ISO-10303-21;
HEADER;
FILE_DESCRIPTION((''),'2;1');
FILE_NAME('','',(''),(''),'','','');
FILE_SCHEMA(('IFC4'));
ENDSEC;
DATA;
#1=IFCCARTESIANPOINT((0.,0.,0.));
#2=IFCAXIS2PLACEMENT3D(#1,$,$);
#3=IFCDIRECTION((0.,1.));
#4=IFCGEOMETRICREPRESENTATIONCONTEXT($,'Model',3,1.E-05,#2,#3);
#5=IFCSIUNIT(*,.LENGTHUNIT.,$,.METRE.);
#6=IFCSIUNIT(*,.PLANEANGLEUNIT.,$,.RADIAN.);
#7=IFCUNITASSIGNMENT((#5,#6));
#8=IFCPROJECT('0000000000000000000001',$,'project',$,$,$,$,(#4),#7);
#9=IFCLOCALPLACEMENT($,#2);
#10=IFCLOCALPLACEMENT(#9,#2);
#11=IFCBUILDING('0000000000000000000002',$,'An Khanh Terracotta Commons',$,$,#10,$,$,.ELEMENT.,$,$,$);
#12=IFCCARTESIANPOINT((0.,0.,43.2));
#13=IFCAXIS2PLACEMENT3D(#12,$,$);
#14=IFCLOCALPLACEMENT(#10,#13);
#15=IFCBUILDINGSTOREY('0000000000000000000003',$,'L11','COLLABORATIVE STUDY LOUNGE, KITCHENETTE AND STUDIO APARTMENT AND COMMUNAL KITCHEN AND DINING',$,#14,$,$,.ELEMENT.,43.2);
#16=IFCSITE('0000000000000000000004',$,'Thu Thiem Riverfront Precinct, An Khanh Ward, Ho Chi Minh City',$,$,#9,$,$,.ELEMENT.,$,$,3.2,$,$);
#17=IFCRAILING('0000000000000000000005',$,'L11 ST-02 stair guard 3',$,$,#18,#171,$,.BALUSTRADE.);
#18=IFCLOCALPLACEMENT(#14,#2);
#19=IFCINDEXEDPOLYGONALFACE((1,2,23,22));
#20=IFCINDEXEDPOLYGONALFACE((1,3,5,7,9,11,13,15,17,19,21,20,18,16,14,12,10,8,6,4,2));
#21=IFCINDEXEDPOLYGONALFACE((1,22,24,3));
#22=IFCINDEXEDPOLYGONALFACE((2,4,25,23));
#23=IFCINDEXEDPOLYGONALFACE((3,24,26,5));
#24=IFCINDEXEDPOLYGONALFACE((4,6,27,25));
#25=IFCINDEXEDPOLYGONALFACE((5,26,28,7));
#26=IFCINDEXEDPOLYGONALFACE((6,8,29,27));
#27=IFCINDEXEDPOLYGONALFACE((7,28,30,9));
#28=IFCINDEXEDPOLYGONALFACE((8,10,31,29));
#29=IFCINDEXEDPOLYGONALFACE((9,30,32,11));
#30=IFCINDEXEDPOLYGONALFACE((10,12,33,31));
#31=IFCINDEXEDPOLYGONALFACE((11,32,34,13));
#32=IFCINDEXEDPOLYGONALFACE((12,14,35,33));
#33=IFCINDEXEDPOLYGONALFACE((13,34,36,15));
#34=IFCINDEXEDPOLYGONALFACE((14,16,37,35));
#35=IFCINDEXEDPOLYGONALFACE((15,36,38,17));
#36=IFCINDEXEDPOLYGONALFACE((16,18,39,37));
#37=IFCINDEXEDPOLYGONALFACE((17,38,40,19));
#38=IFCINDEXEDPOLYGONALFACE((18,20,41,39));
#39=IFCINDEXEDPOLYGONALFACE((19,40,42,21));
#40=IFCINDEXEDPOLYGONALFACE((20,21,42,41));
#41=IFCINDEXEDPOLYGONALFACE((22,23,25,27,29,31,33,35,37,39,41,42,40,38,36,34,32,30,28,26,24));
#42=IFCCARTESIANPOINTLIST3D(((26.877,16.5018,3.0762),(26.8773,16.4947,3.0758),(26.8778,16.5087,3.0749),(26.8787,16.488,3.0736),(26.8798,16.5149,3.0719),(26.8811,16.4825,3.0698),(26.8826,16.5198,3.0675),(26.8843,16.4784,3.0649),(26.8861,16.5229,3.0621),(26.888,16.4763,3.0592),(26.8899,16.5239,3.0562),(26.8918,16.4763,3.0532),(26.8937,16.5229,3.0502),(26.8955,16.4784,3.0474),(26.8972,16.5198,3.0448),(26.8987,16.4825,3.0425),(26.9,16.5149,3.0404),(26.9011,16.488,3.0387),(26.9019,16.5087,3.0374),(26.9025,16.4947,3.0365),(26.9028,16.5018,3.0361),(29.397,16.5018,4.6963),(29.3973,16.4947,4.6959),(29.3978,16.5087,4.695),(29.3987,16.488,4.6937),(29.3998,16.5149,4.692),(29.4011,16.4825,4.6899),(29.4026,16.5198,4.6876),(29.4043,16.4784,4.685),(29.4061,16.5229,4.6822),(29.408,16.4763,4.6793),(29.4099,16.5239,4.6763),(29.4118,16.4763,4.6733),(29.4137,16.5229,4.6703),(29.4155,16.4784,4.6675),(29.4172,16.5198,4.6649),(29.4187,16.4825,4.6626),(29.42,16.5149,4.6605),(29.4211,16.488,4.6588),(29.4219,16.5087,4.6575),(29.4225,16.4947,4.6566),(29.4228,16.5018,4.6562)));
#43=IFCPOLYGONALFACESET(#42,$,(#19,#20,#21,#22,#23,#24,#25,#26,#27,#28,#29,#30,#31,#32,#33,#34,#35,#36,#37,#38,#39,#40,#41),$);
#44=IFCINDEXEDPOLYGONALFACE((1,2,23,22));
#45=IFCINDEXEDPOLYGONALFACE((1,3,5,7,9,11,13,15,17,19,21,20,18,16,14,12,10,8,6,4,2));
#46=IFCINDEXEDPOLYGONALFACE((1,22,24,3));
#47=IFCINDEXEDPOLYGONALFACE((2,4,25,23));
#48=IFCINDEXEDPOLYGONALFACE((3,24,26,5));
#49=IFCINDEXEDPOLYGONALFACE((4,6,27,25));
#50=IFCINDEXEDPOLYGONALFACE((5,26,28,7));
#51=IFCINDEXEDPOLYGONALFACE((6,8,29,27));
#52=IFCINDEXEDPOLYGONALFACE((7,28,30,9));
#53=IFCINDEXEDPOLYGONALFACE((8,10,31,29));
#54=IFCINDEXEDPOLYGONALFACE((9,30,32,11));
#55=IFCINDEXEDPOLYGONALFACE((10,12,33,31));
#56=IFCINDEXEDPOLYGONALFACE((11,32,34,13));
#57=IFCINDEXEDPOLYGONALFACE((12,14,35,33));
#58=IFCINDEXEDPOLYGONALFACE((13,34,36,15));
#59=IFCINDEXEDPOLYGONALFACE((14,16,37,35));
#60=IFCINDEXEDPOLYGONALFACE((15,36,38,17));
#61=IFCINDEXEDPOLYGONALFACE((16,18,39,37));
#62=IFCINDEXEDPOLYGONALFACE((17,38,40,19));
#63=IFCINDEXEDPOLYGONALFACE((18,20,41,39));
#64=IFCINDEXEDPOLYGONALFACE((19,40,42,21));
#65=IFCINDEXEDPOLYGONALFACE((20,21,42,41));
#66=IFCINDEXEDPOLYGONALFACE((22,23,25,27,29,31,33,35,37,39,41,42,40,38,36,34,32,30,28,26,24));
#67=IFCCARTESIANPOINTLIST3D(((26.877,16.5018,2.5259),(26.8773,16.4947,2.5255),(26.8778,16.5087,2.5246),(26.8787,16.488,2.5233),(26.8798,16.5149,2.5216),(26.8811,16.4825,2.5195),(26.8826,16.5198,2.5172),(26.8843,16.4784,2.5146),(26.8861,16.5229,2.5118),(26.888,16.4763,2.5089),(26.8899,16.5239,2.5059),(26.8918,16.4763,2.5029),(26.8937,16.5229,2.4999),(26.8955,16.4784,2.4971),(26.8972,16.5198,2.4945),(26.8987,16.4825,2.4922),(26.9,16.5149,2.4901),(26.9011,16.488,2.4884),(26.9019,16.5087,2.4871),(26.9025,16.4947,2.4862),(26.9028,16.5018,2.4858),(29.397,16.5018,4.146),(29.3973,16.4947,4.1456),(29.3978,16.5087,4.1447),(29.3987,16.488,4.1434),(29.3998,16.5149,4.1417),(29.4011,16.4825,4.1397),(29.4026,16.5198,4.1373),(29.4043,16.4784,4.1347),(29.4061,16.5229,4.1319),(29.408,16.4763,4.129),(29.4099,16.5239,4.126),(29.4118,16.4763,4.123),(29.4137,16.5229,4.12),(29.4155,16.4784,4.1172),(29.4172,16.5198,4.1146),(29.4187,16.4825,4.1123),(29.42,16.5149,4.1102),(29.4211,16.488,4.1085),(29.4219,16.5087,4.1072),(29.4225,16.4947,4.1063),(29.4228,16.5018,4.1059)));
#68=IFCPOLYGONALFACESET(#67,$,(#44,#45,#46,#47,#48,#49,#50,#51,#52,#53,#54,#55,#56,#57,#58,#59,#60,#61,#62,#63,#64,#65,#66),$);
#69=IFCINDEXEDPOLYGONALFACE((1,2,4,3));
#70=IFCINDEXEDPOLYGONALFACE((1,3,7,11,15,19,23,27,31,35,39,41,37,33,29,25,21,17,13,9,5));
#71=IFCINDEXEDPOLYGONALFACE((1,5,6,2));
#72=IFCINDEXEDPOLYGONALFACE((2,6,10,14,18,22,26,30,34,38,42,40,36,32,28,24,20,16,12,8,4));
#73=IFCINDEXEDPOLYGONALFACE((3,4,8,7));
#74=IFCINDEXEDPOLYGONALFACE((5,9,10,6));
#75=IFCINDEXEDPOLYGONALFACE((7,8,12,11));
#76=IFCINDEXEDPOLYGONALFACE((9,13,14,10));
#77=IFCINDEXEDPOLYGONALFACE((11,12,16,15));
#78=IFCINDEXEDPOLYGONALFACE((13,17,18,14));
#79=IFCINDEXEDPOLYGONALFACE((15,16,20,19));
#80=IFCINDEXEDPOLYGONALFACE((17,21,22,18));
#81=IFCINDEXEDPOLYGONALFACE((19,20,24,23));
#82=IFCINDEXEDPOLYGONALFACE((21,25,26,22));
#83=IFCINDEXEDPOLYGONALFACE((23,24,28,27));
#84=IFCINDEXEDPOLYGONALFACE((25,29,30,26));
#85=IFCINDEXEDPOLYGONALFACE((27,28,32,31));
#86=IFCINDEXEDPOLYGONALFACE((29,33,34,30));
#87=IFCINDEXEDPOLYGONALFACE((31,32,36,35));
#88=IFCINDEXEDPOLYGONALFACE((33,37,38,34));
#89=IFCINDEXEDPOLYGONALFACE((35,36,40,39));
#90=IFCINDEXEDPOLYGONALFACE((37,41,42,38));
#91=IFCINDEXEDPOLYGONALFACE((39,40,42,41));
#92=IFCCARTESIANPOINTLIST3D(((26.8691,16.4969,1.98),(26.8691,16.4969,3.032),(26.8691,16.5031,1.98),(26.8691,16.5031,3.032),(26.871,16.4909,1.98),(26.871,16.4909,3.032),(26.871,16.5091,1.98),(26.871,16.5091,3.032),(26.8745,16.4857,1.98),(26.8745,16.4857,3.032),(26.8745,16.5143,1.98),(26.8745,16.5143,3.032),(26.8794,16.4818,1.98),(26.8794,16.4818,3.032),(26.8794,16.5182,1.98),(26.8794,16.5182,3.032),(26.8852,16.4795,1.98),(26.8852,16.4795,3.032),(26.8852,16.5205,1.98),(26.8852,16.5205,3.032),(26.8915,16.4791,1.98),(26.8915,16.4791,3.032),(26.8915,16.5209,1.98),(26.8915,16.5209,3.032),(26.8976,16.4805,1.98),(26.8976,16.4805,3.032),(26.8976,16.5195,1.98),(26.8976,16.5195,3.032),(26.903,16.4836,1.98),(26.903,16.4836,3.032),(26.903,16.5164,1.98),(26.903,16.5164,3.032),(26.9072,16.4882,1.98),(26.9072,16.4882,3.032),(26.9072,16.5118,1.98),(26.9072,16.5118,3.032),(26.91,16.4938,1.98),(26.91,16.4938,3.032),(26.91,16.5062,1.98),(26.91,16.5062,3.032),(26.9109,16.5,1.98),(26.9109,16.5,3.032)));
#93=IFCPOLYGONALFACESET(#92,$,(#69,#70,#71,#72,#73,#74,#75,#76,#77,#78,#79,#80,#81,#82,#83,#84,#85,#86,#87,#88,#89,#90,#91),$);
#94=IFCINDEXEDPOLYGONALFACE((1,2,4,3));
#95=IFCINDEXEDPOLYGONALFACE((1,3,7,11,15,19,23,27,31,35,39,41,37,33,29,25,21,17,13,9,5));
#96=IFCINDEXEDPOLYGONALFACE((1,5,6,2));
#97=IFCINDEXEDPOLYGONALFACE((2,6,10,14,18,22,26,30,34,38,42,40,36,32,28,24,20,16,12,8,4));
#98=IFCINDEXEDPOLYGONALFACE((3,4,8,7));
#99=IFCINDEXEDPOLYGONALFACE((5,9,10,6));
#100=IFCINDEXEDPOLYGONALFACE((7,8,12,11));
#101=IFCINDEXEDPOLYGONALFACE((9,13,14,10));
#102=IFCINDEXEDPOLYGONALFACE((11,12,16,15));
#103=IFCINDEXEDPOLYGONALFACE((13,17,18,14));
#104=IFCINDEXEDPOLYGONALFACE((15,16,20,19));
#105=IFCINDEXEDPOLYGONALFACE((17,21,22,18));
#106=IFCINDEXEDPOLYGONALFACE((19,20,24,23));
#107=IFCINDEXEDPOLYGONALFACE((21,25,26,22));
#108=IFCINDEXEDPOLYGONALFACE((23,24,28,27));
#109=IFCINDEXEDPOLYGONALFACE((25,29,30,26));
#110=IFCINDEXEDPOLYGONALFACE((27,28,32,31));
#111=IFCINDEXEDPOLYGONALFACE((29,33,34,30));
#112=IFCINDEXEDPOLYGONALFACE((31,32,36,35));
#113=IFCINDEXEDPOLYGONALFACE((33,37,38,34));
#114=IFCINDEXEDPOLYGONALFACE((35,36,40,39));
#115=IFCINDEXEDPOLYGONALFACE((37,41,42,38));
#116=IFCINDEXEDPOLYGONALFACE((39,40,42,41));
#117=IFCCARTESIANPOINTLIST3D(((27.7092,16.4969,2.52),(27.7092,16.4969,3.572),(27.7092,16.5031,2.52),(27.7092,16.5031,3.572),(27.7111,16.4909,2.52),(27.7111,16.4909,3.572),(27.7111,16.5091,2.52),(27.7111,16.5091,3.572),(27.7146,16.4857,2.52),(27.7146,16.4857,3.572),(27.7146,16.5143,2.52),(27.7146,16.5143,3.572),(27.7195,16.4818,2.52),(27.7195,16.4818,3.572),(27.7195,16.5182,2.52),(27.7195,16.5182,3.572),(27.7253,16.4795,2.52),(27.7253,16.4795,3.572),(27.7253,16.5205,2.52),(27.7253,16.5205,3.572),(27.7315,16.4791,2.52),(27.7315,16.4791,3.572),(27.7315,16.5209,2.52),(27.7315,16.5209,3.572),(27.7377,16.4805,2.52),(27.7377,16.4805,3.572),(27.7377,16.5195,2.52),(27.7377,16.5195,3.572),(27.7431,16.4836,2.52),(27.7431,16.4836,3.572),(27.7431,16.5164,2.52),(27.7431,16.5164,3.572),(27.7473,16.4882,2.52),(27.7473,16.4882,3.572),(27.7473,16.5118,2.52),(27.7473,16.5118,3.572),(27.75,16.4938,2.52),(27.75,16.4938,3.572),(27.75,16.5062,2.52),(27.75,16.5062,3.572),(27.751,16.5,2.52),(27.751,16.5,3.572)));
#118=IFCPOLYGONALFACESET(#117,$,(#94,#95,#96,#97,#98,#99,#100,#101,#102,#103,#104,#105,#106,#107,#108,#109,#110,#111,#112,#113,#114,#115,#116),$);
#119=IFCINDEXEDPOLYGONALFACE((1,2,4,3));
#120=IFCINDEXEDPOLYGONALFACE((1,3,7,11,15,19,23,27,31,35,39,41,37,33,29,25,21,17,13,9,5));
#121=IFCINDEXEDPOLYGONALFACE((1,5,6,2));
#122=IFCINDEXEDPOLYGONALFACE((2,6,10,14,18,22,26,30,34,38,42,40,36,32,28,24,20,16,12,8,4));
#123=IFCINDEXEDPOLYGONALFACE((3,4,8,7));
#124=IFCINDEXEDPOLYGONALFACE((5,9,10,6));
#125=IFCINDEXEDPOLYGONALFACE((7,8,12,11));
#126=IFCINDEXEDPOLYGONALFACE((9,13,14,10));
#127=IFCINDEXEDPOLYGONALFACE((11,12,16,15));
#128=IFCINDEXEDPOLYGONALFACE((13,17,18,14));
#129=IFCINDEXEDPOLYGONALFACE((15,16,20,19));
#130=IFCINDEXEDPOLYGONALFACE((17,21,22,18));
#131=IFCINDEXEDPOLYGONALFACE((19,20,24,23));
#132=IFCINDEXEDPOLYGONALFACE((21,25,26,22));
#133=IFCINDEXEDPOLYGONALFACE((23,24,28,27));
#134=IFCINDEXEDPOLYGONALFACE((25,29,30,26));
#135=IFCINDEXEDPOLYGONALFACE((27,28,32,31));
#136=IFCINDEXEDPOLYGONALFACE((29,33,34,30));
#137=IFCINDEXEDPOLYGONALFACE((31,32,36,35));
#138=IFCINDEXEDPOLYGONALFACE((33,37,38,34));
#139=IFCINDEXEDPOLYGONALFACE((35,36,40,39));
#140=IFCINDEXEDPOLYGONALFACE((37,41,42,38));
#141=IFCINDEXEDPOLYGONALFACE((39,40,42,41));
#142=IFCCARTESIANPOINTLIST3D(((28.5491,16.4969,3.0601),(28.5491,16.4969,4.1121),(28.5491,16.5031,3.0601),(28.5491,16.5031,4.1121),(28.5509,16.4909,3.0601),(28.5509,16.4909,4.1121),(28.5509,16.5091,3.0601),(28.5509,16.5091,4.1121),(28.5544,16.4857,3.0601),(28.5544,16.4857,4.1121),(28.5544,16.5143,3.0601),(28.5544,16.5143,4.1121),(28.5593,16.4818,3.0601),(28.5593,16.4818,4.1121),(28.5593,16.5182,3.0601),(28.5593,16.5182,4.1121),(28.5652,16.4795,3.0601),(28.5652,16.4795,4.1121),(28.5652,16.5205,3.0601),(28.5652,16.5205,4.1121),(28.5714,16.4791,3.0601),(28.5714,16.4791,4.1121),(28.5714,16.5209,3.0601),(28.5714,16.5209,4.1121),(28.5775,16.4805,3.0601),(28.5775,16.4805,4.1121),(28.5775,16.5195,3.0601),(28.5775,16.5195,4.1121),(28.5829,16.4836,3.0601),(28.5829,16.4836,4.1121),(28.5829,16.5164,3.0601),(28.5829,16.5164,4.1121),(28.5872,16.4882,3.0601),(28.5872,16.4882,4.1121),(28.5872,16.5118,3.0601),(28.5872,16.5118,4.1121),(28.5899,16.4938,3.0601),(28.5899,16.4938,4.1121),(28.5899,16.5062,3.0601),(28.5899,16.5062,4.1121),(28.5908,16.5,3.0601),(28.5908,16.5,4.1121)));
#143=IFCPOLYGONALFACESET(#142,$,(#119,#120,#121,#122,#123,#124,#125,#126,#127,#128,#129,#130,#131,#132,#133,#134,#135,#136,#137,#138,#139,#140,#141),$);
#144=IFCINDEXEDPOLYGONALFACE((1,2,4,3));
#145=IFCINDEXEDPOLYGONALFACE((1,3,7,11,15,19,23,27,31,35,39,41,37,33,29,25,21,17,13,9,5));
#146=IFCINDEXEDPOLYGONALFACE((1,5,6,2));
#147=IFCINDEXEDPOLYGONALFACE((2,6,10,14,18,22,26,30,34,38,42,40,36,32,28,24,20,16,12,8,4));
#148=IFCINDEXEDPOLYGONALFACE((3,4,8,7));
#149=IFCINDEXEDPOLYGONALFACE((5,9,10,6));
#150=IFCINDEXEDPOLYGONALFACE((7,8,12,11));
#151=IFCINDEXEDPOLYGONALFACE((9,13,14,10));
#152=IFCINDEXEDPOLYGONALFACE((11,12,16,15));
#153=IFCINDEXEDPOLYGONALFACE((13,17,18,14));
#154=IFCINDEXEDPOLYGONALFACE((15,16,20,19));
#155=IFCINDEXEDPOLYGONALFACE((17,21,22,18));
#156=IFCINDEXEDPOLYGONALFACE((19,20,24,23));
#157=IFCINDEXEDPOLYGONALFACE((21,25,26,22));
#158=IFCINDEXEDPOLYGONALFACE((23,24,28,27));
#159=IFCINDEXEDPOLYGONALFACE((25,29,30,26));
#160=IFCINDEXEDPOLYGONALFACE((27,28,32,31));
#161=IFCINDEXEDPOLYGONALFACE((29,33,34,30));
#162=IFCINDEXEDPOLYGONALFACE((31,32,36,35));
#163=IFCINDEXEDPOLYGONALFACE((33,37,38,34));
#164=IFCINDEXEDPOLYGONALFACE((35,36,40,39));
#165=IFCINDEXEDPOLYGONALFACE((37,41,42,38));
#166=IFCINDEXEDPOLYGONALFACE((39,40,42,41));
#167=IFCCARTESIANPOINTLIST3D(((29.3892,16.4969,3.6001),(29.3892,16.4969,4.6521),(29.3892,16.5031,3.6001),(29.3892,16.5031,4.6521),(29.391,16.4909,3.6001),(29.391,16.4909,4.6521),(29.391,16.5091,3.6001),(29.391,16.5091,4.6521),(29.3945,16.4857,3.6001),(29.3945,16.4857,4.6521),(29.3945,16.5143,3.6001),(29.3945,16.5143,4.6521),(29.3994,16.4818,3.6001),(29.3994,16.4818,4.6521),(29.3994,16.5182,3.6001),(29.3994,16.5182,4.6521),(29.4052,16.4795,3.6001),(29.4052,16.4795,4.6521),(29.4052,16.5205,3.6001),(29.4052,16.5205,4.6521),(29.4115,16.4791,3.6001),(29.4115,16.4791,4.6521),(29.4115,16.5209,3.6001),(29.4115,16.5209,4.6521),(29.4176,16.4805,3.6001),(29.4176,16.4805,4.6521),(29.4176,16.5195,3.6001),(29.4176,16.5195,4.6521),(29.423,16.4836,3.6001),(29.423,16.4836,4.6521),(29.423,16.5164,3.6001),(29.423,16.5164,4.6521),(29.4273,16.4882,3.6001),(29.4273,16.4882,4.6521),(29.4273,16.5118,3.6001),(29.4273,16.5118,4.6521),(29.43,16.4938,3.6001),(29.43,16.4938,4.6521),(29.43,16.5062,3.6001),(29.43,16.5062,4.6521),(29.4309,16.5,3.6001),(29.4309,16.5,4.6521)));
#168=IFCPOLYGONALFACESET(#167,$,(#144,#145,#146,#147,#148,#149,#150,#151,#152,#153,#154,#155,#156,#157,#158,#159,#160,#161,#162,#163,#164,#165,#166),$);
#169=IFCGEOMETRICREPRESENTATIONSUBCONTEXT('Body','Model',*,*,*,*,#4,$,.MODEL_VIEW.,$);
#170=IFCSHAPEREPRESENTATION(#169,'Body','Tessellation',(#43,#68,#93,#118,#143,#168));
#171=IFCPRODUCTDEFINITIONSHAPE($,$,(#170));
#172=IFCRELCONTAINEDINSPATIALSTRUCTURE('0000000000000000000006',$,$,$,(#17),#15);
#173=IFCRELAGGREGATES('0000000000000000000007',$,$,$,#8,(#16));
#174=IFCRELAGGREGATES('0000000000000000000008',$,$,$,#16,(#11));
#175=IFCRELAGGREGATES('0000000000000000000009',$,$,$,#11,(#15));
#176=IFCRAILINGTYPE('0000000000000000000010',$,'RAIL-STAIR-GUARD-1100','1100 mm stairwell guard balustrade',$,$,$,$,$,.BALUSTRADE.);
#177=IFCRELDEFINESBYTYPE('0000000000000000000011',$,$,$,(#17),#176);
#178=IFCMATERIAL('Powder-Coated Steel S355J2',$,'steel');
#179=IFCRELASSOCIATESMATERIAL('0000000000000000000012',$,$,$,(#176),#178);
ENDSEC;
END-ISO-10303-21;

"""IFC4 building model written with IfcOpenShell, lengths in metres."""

from ifc_helpers import new_model, si_unit, direction, frame, origin, origin_2d, place, context, subcontext, project, spatial, circle, extrude, material, type_object, element, save


model = new_model("IFC4")

# Units and contexts
model_context = context("Model", 3, precision=1e-05, world=origin(), true_north=direction((0.0, 1.0)))
body_context = subcontext(model_context, "Body", "Model", "MODEL_VIEW")
ifc_project = project(units=[si_unit("LENGTHUNIT", "METRE"), si_unit("PLANEANGLEUNIT", "RADIAN")], contexts=[model_context])

# Site, building, storey
site_placement = place(None, origin())
site = spatial("IfcSite", under=ifc_project, at=site_placement, Name="Thu Thiem Riverfront Precinct, An Khanh Ward, Ho Chi Minh City", CompositionType="ELEMENT", RefElevation=3.2)
building_placement = place(site_placement, origin())
building = spatial("IfcBuilding", under=site, at=building_placement, Name="An Khanh Terracotta Commons", CompositionType="ELEMENT")
storey_placement = place(building_placement, frame((0.0, 0.0, 43.2)))
storey = spatial("IfcBuildingStorey", under=building, at=storey_placement, Name="L11", Description="COLLABORATIVE STUDY LOUNGE, KITCHENETTE AND STUDIO APARTMENT AND COMMUNAL KITCHEN AND DINING", CompositionType="ELEMENT", Elevation=43.2)

# Railing
ifc_material_1 = material(Name="Powder-Coated Steel S355J2", Category="steel")
railing_type_1 = type_object("IfcRailingType", Name="RAIL-STAIR-GUARD-1100", Description="1100 mm stairwell guard balustrade", PredefinedType="BALUSTRADE", material=ifc_material_1)
railing_1_placement = place(storey_placement, frame((26.8899, 16.5, 1.98)))
element("IfcRailing", 1, at=railing_1_placement, inside=storey, type_object=railing_type_1, Name="L11 ST-02 stair guard 3", PredefinedType="BALUSTRADE", context=body_context, shape_type="SweptSolid", body=[
    extrude(circle(Radius=0.0239, at=origin_2d()), frame((0.0, 0.0, 1.0762), z_axis=(0.841163, 0.0, 0.540782), x_axis=(0.0, 1.0, 0.0)), (0.0, 0.0, 1.0), 2.9958),
    extrude(circle(Radius=0.0239, at=origin_2d()), frame((0.0, 0.0, 0.5259), z_axis=(0.841163, 0.0, 0.540782), x_axis=(0.0, 1.0, 0.0)), (0.0, 0.0, 1.0), 2.9958),
    extrude(circle(Radius=0.021, at=origin_2d()), origin(), (0.0, 0.0, 1.0), 1.052),
    extrude(circle(Radius=0.021, at=origin_2d()), frame((0.8401, 0.0, 0.54)), (0.0, 0.0, 1.0), 1.052),
    extrude(circle(Radius=0.021, at=origin_2d()), frame((1.6799, 0.0, 1.0801)), (0.0, 0.0, 1.0), 1.052),
    extrude(circle(Radius=0.021, at=origin_2d()), frame((2.52, 0.0, 1.6201)), (0.0, 0.0, 1.0), 1.052),
])

save(model, "model.ifc")
